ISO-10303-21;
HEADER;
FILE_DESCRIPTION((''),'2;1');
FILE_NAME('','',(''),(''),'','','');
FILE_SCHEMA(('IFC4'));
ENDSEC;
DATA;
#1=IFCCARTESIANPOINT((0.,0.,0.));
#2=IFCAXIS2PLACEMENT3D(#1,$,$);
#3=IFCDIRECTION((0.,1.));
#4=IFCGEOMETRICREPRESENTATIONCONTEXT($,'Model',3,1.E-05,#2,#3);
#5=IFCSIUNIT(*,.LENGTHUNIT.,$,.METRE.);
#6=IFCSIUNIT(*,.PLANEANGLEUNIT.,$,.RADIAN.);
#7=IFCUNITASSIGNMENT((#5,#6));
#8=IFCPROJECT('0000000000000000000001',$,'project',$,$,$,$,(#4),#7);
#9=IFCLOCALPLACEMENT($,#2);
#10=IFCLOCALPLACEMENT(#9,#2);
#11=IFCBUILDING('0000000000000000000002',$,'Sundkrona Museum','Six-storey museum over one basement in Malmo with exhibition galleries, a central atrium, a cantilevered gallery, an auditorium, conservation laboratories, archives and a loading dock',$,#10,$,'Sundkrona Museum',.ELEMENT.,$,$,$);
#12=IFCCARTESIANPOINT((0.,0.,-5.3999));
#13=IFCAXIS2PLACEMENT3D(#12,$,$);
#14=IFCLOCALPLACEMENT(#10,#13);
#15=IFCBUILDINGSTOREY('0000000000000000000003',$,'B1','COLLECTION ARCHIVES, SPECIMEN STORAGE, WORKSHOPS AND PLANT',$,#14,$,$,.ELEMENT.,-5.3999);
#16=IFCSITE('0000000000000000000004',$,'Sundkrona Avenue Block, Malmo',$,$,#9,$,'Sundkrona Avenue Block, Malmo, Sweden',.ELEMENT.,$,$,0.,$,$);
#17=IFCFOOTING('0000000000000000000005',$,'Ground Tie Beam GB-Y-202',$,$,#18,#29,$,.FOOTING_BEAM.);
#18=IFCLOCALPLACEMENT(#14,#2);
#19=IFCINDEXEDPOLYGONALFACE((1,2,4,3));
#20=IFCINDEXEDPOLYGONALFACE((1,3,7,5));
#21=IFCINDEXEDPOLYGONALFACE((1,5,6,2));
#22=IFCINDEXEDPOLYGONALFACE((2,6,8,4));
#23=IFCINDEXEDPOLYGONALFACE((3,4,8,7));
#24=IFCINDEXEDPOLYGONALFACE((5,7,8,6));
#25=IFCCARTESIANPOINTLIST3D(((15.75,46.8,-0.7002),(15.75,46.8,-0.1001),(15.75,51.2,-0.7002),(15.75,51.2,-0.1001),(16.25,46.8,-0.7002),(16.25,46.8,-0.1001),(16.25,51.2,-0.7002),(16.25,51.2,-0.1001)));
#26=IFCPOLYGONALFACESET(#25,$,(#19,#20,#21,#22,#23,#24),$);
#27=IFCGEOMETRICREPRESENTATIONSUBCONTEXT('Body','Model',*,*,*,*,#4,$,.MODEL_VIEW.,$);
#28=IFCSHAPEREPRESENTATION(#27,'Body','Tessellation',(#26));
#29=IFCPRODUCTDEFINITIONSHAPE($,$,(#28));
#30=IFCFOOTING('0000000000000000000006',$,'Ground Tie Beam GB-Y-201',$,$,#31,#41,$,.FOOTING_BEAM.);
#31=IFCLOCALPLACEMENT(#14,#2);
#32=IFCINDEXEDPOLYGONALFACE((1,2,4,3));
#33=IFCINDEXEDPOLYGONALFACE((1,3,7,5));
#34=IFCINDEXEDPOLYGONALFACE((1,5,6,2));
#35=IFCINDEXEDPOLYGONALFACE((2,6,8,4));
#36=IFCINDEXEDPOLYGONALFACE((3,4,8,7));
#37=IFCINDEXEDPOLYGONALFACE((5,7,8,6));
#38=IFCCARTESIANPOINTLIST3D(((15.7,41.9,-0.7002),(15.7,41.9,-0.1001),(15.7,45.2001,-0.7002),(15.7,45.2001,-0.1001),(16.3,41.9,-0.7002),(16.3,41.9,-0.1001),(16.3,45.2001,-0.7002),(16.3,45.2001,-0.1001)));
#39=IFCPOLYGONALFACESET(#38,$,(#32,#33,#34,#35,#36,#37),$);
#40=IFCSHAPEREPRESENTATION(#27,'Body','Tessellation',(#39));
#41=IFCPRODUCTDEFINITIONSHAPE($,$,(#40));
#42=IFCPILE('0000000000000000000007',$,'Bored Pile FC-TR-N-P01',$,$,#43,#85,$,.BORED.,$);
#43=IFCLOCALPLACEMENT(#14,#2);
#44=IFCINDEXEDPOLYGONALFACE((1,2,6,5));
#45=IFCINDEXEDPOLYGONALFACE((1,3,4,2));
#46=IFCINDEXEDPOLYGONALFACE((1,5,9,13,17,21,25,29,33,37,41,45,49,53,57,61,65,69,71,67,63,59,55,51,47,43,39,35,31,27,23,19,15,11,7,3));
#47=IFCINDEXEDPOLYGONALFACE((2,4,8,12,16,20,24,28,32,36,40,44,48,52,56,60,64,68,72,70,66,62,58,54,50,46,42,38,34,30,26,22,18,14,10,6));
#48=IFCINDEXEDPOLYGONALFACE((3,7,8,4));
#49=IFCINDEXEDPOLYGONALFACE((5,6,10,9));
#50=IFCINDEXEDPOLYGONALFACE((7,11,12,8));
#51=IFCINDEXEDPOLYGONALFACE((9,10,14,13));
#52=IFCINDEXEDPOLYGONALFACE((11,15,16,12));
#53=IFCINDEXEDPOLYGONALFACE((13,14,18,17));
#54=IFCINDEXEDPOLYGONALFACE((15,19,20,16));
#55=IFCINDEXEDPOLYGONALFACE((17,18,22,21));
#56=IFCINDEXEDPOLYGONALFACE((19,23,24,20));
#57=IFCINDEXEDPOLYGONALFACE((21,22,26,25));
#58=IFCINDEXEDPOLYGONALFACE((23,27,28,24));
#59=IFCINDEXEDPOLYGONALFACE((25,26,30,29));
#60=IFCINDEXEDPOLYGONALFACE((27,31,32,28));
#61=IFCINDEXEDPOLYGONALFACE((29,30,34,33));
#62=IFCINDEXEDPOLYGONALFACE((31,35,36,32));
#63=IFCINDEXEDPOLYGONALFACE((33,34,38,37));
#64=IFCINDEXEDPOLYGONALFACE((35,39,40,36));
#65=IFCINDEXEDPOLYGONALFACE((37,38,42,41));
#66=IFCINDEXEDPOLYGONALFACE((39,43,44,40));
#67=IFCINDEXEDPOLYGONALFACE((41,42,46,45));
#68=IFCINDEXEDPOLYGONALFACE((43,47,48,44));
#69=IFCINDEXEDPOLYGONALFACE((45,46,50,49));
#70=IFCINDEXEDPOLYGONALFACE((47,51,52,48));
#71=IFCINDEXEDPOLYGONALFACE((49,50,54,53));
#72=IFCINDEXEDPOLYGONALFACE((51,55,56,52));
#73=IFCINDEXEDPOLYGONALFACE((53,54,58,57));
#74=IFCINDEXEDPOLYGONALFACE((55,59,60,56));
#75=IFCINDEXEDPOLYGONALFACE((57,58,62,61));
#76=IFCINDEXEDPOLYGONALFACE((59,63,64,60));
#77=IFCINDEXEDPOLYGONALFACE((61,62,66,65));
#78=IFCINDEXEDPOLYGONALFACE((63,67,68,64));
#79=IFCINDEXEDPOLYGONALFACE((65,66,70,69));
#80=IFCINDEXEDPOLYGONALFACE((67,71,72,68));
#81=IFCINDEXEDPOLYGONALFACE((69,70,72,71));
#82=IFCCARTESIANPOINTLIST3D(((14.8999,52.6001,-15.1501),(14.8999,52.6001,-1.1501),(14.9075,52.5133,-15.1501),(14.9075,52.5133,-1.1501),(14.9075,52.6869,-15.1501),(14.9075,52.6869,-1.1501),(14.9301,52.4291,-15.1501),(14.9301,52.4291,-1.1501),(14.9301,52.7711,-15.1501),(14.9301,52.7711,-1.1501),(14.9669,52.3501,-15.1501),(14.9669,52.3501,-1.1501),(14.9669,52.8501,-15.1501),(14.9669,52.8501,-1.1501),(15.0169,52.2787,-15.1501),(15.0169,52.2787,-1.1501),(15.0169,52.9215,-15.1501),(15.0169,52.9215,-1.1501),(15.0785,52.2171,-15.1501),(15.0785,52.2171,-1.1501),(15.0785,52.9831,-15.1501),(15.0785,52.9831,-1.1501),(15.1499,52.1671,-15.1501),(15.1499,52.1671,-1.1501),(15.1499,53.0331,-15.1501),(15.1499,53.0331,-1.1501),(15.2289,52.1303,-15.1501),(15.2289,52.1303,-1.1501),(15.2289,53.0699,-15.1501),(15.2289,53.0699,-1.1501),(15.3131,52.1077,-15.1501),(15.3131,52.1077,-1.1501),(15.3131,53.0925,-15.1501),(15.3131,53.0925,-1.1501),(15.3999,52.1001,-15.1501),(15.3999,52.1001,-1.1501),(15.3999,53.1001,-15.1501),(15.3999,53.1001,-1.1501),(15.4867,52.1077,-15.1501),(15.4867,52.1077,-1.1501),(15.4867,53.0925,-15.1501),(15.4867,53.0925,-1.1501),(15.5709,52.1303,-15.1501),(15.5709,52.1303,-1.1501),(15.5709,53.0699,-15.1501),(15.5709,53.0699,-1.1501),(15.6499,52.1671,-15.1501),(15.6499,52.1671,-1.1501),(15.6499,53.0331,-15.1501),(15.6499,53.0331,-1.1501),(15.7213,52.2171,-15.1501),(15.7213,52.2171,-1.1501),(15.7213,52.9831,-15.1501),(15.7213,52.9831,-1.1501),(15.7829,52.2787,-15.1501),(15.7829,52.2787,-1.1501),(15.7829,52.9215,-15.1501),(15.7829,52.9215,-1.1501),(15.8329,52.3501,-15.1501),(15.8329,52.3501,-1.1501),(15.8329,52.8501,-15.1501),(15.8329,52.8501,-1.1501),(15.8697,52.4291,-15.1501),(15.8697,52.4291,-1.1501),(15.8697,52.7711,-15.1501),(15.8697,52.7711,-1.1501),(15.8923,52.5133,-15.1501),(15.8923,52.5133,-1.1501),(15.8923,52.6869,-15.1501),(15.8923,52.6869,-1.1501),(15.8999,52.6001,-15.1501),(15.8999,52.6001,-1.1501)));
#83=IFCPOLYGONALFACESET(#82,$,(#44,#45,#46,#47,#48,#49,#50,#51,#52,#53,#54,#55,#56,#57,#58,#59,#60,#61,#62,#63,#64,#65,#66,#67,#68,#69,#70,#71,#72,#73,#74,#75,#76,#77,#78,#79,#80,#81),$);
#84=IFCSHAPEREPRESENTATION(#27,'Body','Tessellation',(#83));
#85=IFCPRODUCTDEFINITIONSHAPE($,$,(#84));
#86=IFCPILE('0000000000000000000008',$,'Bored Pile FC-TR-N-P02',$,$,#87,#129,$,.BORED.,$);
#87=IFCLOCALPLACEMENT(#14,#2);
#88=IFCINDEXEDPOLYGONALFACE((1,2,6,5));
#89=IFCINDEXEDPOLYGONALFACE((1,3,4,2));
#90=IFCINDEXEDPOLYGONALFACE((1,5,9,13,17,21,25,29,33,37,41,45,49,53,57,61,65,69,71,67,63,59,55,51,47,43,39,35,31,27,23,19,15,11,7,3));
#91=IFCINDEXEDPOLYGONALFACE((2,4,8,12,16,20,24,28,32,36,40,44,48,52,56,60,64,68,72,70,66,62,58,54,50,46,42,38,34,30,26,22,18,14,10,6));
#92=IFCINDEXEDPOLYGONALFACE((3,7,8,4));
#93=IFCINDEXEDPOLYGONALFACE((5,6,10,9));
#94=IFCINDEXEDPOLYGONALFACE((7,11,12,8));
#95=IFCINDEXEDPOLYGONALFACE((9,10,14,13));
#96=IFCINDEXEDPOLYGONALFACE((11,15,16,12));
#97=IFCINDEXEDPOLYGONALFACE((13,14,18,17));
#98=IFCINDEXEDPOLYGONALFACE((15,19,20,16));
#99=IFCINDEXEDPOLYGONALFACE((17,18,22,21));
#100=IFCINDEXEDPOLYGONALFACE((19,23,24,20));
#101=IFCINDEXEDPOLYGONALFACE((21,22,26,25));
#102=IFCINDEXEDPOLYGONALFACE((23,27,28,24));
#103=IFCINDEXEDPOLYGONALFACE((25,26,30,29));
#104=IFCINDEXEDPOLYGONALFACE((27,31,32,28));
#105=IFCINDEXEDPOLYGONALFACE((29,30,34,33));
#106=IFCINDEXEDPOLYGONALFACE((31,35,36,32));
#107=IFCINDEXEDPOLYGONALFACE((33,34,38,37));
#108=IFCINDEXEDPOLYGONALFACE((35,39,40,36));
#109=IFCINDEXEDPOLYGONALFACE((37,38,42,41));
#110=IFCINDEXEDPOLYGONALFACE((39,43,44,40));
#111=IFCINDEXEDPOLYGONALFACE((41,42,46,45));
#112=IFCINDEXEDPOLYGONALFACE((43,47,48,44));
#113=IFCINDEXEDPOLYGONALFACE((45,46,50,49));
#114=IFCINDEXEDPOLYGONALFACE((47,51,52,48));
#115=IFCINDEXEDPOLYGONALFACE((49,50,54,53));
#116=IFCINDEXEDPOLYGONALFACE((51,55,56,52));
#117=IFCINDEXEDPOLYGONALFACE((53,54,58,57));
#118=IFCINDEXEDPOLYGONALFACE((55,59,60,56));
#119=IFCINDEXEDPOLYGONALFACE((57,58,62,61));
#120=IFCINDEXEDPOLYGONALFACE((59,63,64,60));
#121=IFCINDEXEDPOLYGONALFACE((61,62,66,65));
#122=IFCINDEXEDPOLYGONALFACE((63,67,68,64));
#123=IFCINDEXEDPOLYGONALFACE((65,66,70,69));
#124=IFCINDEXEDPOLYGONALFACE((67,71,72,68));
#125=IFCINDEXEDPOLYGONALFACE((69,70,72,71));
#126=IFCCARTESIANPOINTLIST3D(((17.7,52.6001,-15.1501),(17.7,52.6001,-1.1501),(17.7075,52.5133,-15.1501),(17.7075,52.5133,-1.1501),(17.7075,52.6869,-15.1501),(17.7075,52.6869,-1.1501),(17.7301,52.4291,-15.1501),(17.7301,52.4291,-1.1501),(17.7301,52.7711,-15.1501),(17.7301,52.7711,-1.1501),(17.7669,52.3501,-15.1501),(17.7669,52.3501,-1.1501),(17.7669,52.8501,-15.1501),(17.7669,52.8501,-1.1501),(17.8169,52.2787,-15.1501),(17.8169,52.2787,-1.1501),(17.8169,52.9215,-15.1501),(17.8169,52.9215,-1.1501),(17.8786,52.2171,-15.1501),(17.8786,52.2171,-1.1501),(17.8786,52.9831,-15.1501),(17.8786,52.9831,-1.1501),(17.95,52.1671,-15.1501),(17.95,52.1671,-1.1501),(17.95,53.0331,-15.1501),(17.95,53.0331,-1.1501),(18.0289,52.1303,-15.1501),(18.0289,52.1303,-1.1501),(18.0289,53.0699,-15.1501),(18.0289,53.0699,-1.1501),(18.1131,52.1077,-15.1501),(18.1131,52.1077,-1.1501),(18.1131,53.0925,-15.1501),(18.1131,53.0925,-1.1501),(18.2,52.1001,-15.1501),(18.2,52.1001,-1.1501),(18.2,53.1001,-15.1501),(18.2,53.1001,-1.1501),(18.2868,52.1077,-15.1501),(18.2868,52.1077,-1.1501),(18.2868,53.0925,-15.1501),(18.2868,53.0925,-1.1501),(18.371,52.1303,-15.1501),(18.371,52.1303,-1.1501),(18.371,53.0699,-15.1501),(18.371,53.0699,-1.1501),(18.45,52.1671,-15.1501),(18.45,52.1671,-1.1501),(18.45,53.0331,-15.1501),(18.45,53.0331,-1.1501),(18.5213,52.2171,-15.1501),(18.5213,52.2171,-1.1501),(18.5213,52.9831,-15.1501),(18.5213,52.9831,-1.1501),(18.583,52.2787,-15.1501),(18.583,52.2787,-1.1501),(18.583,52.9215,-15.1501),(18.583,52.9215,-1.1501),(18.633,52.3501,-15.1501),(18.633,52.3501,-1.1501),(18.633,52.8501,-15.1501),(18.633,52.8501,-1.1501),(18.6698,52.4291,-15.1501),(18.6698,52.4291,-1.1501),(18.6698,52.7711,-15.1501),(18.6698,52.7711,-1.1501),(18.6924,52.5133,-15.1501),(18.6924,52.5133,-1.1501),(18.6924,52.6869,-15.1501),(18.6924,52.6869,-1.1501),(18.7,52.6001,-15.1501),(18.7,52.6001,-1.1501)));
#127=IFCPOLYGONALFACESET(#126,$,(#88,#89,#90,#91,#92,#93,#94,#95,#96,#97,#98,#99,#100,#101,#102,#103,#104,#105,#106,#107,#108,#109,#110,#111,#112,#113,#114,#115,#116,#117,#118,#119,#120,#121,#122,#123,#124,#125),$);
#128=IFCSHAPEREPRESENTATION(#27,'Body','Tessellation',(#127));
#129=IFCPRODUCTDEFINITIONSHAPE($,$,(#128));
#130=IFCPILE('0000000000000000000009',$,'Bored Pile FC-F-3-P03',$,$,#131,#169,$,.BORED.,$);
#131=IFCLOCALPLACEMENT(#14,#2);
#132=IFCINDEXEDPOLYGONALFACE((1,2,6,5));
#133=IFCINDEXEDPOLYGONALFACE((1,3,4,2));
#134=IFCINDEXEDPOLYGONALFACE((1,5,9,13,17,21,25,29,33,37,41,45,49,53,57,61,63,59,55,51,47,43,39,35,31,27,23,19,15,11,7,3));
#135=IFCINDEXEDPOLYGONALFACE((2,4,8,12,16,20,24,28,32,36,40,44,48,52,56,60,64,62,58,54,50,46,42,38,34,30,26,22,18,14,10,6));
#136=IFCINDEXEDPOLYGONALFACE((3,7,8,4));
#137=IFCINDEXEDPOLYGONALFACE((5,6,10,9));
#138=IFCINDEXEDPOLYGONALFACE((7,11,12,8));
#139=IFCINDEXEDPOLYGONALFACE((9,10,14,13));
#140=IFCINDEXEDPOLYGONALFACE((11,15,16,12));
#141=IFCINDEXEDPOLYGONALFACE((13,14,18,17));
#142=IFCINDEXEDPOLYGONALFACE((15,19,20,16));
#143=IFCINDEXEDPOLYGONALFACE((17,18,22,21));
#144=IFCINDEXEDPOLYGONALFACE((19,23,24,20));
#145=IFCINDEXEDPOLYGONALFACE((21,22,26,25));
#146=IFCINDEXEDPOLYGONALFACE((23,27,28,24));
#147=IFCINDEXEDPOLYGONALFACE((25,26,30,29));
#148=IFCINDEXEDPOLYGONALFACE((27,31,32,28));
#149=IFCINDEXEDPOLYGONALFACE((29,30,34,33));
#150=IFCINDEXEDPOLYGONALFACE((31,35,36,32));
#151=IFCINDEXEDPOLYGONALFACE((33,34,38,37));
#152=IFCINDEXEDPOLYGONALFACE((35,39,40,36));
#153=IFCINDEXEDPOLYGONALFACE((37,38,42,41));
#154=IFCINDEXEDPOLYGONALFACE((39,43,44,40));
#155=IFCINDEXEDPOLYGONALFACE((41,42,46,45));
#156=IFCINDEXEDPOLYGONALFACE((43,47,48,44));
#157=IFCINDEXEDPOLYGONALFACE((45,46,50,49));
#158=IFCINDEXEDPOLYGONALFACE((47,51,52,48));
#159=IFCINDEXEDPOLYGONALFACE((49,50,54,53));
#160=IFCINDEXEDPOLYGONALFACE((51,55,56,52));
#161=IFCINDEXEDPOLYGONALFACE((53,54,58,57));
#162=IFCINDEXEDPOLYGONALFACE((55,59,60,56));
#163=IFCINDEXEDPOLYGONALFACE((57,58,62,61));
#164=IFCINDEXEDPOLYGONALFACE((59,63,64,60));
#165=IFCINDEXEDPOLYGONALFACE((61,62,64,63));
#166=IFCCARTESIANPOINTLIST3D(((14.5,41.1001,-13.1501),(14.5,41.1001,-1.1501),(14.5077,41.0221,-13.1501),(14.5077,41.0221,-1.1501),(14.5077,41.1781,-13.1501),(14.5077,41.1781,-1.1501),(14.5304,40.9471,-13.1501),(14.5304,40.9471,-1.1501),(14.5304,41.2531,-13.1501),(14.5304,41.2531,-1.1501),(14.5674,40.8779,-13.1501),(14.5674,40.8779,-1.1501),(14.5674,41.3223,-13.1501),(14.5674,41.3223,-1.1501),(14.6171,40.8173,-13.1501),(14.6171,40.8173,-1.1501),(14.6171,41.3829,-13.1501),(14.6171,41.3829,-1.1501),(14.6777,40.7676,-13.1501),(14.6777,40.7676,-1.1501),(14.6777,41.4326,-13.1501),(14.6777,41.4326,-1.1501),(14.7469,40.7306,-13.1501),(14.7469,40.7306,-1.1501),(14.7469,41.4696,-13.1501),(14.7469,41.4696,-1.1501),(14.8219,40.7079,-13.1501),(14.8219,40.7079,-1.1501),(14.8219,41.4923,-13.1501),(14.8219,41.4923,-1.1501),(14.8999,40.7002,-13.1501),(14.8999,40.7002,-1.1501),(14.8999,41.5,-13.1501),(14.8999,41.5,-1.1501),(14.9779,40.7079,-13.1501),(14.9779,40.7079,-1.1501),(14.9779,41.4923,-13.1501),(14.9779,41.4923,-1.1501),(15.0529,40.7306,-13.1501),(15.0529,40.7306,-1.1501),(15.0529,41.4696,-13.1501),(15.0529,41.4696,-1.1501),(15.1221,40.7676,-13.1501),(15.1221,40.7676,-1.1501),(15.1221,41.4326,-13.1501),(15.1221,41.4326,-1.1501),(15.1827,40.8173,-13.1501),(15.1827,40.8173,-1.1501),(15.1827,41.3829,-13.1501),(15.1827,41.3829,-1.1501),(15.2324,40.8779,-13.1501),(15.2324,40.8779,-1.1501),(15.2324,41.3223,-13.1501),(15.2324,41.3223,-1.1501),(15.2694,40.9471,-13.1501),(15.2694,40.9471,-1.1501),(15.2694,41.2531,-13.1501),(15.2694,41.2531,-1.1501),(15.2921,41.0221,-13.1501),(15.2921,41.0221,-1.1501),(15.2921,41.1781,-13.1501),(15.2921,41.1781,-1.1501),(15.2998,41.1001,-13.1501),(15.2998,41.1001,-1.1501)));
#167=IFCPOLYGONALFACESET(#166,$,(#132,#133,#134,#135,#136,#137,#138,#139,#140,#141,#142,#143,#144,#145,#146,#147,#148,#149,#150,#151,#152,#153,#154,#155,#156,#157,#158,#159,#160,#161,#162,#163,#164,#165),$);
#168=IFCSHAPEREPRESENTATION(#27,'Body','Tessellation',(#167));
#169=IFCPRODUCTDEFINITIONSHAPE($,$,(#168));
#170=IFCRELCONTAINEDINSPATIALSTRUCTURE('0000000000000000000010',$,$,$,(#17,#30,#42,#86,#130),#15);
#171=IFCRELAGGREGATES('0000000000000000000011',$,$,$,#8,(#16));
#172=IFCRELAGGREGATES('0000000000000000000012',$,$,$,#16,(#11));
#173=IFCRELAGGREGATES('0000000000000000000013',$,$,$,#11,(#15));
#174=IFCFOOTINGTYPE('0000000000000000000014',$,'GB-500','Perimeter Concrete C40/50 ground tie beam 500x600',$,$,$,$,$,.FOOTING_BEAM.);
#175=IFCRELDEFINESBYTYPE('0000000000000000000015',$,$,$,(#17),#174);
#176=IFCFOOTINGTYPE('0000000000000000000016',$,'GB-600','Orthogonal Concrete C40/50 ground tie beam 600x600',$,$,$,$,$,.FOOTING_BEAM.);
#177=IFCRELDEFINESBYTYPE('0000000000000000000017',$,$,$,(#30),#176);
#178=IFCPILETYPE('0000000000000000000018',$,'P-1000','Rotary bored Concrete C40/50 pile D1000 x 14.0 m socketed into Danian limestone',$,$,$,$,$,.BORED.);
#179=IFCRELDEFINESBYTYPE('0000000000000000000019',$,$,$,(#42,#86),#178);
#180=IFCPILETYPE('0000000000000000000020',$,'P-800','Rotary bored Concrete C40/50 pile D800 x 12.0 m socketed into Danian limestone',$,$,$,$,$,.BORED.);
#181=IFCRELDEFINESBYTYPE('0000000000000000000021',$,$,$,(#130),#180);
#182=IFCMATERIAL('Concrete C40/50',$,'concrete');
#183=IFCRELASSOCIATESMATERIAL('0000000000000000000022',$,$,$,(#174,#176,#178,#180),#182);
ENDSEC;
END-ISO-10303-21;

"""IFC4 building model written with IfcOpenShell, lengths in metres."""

from ifc_helpers import new_model, si_unit, direction, frame, origin, origin_2d, place, context, subcontext, project, spatial, rectangle, circle, extrude, material, material_profile, profile_set, type_object, element, save


model = new_model("IFC4")

# Units and contexts
model_context = context("Model", 3, precision=1e-05, world=origin(), true_north=direction((0.0, 1.0)))
body_context = subcontext(model_context, "Body", "Model", "MODEL_VIEW")
ifc_project = project(units=[si_unit("LENGTHUNIT", "METRE"), si_unit("PLANEANGLEUNIT", "RADIAN")], contexts=[model_context])

# Site, building, storey
site_placement = place(None, origin())
site = spatial("IfcSite", under=ifc_project, at=site_placement, Name="Sundkrona Avenue Block, Malmo", LongName="Sundkrona Avenue Block, Malmo, Sweden", CompositionType="ELEMENT", RefElevation=0.0)
building_placement = place(site_placement, origin())
building = spatial("IfcBuilding", under=site, at=building_placement, Name="Sundkrona Museum", Description="Six-storey museum over one basement in Malmo with exhibition galleries, a central atrium, a cantilevered gallery, an auditorium, conservation laboratories, archives and a loading dock", LongName="Sundkrona Museum", CompositionType="ELEMENT")
storey_placement = place(building_placement, frame((0.0, 0.0, -5.3999)))
storey = spatial("IfcBuildingStorey", under=building, at=storey_placement, Name="B1", Description="COLLECTION ARCHIVES, SPECIMEN STORAGE, WORKSHOPS AND PLANT", CompositionType="ELEMENT", Elevation=-5.3999)

# Footings
ifc_material_1 = material(Name="Concrete C40/50", Category="concrete")
footing_type_1 = type_object("IfcFootingType", Name="GB-500", Description="Perimeter Concrete C40/50 ground tie beam 500x600", PredefinedType="FOOTING_BEAM", material=ifc_material_1)
footing_1_placement = place(storey_placement, frame((16.0, 49.0, -0.7002), z_axis=(0.0, 0.0, 1.0), x_axis=(0.0, 1.0, 0.0)))
element("IfcFooting", 1, at=footing_1_placement, inside=storey, type_object=footing_type_1, Name="Ground Tie Beam GB-Y-202", PredefinedType="FOOTING_BEAM", context=body_context, shape_type="SweptSolid", body=[
    extrude(rectangle(XDim=4.3999, YDim=0.5, at=origin_2d()), origin(), (0.0, 0.0, 1.0), 0.6001),
])
footing_type_2 = type_object("IfcFootingType", Name="GB-600", Description="Orthogonal Concrete C40/50 ground tie beam 600x600", PredefinedType="FOOTING_BEAM", material=ifc_material_1)
footing_2_placement = place(storey_placement, frame((16.0, 43.55, -0.7002), z_axis=(0.0, 0.0, 1.0), x_axis=(0.0, 1.0, 0.0)))
element("IfcFooting", 2, at=footing_2_placement, inside=storey, type_object=footing_type_2, Name="Ground Tie Beam GB-Y-201", PredefinedType="FOOTING_BEAM", context=body_context, shape_type="SweptSolid", body=[
    extrude(rectangle(XDim=3.3, YDim=0.6001, at=origin_2d()), origin(), (0.0, 0.0, 1.0), 0.6001),
])

# Piles
ifc_material_profile_1 = material_profile(ifc_material_1, circle(Radius=0.5, at=origin_2d()), Name="PILE D1000")
ifc_profile_set_1 = profile_set([ifc_material_profile_1], Name="Concrete C40/50")
pile_type_1 = type_object("IfcPileType", Name="P-1000", Description="Rotary bored Concrete C40/50 pile D1000 x 14.0 m socketed into Danian limestone", PredefinedType="BORED", material=ifc_profile_set_1)
for number, where, z_axis, x_axis, name in (
    (3, (15.3999, 52.6001, -1.1501), (0.0, 0.0, -1.0), (1.0, 0.0, 0.0), "Bored Pile FC-TR-N-P01"),
    (4, (18.2, 52.6001, -1.1501), (0.0, 0.0, -1.0), (1.0, 0.0, 0.0), "Bored Pile FC-TR-N-P02"),
):
    element("IfcPile", number, at=place(storey_placement, frame(where, z_axis=z_axis, x_axis=x_axis)), inside=storey, type_object=pile_type_1, Name=name, PredefinedType="BORED", context=body_context, shape_type="SweptSolid", body=[
        extrude(circle(Radius=0.5, at=origin_2d()), origin(), (0.0, 0.0, 1.0), 14.0),
    ])
ifc_material_profile_2 = material_profile(ifc_material_1, circle(Radius=0.3999, at=origin_2d()), Name="PILE D800")
ifc_profile_set_2 = profile_set([ifc_material_profile_2], Name="Concrete C40/50")
pile_type_2 = type_object("IfcPileType", Name="P-800", Description="Rotary bored Concrete C40/50 pile D800 x 12.0 m socketed into Danian limestone", PredefinedType="BORED", material=ifc_profile_set_2)
for number, where, z_axis, x_axis, name in (
    (5, (14.8999, 41.1001, -1.1501), (0.0, 0.0, -1.0), (1.0, 0.0, 0.0), "Bored Pile FC-F-3-P03"),
):
    element("IfcPile", number, at=place(storey_placement, frame(where, z_axis=z_axis, x_axis=x_axis)), inside=storey, type_object=pile_type_2, Name=name, PredefinedType="BORED", context=body_context, shape_type="SweptSolid", body=[
        extrude(circle(Radius=0.3999, at=origin_2d()), origin(), (0.0, 0.0, 1.0), 12.0),
    ])

save(model, "model.ifc")
